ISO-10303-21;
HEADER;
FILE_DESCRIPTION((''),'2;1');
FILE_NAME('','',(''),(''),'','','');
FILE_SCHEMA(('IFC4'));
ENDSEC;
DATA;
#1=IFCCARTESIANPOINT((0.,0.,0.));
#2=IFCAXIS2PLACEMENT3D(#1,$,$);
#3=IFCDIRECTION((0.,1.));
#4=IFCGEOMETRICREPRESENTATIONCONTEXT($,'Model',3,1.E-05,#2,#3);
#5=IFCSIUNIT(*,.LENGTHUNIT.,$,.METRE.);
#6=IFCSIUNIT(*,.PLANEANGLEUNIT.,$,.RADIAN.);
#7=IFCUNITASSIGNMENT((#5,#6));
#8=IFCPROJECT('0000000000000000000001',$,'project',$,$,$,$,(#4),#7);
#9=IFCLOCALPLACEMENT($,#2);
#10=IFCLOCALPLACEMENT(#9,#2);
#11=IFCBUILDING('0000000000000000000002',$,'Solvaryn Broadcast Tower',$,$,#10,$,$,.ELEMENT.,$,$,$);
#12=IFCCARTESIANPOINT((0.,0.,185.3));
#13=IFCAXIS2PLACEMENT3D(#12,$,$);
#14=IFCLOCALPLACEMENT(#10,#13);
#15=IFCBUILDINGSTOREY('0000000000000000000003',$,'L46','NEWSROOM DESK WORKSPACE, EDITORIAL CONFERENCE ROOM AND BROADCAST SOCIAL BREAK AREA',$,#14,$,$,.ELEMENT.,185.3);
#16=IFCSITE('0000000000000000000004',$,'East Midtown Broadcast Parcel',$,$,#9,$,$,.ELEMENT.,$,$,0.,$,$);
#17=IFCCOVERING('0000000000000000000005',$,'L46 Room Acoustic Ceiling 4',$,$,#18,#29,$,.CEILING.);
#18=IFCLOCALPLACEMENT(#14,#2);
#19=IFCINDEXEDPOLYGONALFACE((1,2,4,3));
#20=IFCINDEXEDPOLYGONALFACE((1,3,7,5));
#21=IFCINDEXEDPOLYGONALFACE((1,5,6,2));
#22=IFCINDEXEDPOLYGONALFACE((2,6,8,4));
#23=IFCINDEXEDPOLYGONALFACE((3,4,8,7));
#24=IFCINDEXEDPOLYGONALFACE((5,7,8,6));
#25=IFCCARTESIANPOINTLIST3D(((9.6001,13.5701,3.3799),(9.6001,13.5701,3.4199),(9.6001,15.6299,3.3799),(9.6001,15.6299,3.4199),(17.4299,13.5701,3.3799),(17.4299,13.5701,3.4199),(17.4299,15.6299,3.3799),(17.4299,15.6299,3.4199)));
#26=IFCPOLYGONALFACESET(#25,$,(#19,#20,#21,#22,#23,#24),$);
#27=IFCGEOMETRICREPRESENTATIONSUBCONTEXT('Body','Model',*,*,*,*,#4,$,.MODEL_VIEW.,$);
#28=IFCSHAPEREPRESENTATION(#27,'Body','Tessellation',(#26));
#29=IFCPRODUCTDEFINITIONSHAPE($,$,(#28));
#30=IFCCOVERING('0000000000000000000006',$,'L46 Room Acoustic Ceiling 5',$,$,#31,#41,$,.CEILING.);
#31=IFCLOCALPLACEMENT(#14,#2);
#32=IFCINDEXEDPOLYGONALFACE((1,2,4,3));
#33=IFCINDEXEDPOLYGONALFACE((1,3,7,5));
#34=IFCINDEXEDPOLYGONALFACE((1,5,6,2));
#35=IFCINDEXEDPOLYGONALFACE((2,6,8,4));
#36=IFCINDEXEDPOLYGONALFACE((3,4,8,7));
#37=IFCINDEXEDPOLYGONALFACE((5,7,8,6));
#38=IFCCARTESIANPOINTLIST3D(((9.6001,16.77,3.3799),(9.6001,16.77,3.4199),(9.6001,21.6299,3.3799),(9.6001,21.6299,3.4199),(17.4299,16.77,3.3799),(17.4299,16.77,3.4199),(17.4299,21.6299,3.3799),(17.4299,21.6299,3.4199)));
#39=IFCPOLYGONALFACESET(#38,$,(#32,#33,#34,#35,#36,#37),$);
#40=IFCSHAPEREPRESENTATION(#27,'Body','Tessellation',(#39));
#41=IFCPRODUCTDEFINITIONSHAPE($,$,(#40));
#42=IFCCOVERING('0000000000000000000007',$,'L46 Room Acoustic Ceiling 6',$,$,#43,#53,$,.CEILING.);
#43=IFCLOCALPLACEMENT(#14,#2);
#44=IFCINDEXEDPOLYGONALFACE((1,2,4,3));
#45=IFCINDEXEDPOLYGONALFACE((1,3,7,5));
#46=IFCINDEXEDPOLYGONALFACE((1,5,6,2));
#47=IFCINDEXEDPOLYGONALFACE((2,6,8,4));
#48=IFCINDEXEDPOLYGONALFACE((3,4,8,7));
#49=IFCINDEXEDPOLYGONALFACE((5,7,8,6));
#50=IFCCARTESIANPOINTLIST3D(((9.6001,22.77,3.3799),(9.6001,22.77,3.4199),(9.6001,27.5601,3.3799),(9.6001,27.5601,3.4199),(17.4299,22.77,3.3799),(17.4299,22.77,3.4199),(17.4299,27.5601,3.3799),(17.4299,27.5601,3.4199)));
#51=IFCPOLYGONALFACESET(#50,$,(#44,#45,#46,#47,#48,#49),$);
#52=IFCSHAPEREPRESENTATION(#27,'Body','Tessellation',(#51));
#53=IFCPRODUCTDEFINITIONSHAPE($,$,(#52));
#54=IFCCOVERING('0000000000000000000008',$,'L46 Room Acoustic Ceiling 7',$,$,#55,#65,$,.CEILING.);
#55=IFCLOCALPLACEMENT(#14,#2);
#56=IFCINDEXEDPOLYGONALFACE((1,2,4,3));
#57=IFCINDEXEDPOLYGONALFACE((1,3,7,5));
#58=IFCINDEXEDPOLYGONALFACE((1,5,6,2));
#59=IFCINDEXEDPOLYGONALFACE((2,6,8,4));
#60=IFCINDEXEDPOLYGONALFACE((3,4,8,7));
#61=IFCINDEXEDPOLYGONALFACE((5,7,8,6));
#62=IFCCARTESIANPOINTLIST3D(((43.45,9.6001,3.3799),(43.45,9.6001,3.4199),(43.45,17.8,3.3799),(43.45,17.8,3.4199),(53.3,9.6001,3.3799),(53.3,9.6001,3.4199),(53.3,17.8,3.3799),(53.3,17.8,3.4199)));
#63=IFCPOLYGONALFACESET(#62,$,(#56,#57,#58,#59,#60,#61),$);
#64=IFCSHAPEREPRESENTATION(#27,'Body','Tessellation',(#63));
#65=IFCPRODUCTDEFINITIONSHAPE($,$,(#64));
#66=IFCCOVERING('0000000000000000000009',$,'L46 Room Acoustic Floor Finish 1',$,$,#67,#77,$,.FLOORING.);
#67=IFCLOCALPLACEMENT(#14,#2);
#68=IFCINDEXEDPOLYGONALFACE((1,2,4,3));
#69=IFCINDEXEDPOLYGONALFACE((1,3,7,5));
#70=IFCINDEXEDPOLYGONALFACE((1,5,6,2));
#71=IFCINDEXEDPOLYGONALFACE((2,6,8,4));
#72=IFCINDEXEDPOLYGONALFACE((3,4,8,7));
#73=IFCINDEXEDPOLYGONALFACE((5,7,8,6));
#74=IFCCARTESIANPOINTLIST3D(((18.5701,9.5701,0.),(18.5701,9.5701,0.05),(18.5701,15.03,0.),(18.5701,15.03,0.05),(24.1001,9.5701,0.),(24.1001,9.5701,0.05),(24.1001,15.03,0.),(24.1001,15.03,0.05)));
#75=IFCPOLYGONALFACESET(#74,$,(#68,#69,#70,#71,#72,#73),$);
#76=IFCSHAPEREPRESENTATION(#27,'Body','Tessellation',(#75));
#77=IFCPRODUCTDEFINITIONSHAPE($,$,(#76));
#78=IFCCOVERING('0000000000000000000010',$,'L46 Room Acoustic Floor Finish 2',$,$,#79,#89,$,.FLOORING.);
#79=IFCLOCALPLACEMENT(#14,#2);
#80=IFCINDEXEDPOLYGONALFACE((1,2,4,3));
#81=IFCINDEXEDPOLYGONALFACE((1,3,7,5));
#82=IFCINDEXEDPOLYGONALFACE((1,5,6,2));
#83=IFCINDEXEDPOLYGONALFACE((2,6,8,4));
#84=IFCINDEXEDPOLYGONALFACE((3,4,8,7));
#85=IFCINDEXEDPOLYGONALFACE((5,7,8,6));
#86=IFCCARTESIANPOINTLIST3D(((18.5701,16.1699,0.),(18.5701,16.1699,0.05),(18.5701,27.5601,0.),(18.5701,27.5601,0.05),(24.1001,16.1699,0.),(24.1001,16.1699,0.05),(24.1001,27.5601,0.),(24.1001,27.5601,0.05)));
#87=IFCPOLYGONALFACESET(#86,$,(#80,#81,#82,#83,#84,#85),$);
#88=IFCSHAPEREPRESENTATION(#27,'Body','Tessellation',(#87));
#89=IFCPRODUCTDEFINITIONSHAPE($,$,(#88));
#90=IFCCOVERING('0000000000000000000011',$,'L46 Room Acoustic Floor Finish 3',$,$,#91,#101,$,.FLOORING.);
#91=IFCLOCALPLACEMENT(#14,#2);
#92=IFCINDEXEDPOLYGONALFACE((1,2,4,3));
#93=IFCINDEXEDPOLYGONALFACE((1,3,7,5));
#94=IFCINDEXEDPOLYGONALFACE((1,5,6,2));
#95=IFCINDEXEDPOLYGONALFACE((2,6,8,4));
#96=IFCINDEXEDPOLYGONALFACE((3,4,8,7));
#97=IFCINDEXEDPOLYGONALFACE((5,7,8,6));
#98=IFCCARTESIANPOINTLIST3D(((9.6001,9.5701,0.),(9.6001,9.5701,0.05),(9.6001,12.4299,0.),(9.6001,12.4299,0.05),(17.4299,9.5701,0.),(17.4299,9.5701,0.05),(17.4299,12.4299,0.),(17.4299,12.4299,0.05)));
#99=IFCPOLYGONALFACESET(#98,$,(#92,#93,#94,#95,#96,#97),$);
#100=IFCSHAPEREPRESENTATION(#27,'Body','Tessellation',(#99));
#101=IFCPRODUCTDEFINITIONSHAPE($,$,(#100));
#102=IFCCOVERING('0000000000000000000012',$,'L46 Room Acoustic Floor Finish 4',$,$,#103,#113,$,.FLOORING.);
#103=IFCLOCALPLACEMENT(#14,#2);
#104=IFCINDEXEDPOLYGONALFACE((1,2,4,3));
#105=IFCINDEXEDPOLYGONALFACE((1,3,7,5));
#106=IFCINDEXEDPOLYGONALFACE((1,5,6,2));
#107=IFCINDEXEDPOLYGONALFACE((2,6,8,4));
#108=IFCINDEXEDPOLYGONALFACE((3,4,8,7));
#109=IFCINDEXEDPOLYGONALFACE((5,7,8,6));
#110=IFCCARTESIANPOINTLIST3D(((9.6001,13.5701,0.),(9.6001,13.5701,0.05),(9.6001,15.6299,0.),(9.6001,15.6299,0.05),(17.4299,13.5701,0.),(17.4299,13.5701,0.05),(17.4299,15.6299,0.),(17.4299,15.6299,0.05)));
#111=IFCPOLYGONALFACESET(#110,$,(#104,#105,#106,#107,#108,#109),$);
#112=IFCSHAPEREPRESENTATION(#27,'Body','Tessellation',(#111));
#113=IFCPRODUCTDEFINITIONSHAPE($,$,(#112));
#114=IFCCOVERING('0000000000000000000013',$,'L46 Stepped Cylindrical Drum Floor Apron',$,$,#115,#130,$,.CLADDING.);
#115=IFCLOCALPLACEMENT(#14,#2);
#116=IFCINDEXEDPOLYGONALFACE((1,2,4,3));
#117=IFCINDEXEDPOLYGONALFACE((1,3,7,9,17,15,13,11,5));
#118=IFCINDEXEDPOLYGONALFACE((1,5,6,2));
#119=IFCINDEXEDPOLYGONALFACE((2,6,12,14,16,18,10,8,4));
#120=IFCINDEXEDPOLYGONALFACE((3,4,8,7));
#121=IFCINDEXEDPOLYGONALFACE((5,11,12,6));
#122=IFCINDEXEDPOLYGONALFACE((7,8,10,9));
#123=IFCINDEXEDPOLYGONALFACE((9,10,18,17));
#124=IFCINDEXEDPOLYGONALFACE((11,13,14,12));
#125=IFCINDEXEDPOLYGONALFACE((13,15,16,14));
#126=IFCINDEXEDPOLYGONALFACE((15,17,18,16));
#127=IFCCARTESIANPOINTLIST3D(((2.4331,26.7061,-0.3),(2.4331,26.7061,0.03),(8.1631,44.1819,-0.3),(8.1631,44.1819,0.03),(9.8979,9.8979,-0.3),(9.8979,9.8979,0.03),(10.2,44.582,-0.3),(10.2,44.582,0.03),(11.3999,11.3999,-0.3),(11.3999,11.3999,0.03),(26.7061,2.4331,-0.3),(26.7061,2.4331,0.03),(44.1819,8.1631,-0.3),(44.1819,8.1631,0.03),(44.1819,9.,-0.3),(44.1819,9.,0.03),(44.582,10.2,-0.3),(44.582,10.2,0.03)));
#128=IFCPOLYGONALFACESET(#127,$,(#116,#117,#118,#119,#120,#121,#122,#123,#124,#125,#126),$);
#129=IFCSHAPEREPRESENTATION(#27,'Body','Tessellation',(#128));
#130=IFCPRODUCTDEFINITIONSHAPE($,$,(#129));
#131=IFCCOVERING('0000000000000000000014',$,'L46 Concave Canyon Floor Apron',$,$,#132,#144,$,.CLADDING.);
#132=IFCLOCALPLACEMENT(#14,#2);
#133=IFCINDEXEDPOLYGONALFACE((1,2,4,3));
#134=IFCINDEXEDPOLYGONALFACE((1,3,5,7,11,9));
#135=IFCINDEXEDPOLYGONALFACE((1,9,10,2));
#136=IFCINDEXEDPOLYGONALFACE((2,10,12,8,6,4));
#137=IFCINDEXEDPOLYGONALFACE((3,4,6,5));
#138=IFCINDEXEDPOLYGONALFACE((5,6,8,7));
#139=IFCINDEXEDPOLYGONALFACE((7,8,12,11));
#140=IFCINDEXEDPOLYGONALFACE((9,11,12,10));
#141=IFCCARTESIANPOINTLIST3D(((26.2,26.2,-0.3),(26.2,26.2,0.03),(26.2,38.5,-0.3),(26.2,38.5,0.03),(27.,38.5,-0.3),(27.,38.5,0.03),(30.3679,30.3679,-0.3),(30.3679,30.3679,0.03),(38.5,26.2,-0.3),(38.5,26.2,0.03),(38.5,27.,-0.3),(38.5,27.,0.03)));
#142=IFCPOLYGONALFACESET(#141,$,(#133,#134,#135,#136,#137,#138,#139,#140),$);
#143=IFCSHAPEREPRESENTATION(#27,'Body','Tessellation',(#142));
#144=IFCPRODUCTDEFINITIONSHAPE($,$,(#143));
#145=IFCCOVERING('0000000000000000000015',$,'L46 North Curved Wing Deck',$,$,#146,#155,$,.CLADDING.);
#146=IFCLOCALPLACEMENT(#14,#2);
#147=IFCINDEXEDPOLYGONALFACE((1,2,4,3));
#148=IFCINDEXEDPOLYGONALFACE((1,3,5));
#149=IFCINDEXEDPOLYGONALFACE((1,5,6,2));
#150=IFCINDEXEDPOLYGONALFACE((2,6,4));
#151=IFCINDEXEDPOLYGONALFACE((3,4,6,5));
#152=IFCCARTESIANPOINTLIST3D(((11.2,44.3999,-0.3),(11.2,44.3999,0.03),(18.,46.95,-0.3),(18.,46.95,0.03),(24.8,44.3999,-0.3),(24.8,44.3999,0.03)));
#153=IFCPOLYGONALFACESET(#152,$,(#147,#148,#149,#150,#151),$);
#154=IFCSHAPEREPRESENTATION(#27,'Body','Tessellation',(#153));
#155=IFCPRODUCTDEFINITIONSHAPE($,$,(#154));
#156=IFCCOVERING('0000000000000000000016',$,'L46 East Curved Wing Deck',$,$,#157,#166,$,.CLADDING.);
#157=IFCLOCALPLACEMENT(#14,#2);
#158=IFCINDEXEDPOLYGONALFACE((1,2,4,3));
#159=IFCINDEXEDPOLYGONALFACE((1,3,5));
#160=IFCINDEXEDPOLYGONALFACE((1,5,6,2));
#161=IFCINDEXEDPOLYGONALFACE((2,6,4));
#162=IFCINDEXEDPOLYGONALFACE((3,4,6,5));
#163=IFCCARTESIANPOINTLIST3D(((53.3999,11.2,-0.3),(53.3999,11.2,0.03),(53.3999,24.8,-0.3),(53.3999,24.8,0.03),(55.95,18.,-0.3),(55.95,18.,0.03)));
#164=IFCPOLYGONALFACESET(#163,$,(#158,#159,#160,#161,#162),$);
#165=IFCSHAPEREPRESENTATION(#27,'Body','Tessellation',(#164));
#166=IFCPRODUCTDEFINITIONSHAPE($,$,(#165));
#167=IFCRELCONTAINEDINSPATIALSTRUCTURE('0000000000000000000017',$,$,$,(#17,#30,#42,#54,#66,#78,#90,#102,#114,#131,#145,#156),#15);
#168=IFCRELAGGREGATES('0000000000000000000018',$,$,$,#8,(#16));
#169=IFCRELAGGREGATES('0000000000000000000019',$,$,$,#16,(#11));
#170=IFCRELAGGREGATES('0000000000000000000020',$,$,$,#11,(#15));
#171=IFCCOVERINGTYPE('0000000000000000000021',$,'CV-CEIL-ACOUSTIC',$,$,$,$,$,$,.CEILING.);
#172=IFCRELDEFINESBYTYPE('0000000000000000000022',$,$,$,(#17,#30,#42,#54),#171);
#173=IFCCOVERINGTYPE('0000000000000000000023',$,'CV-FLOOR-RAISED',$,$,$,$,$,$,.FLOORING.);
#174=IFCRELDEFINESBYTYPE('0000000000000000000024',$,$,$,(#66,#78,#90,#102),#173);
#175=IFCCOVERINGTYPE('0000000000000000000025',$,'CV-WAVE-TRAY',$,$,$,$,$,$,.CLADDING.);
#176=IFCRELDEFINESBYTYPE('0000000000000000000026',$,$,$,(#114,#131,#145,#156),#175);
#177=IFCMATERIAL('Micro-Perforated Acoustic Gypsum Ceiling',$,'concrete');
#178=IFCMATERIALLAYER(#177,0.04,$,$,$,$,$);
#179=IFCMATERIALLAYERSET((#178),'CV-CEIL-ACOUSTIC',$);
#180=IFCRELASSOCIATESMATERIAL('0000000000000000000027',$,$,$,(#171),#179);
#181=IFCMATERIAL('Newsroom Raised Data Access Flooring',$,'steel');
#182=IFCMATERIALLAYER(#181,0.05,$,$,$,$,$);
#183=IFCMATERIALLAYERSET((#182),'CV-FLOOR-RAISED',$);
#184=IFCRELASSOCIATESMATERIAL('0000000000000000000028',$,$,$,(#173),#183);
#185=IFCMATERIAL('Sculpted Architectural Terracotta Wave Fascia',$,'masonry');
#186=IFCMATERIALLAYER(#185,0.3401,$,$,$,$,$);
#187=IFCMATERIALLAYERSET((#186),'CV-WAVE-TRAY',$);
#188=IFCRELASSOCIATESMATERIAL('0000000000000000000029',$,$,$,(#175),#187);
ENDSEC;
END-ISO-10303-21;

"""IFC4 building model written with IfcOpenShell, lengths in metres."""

from ifc_helpers import new_model, si_unit, direction, frame, origin, place, context, subcontext, project, spatial, polyline, outline, extrude, material, layer, layer_set, type_object, element, save


model = new_model("IFC4")

# Units and contexts
model_context = context("Model", 3, precision=1e-05, world=origin(), true_north=direction((0.0, 1.0)))
body_context = subcontext(model_context, "Body", "Model", "MODEL_VIEW")
ifc_project = project(units=[si_unit("LENGTHUNIT", "METRE"), si_unit("PLANEANGLEUNIT", "RADIAN")], contexts=[model_context])

# Site, building, storey
site_placement = place(None, origin())
site = spatial("IfcSite", under=ifc_project, at=site_placement, Name="East Midtown Broadcast Parcel", CompositionType="ELEMENT", RefElevation=0.0)
building_placement = place(site_placement, origin())
building = spatial("IfcBuilding", under=site, at=building_placement, Name="Solvaryn Broadcast Tower", CompositionType="ELEMENT")
storey_placement = place(building_placement, frame((0.0, 0.0, 185.3)))
storey = spatial("IfcBuildingStorey", under=building, at=storey_placement, Name="L46", Description="NEWSROOM DESK WORKSPACE, EDITORIAL CONFERENCE ROOM AND BROADCAST SOCIAL BREAK AREA", CompositionType="ELEMENT", Elevation=185.3)

# Coverings
ifc_material_1 = material(Name="Micro-Perforated Acoustic Gypsum Ceiling", Category="concrete")
ifc_layer_1 = layer(ifc_material_1, 0.04)
ifc_layer_set_1 = layer_set([ifc_layer_1], Name="CV-CEIL-ACOUSTIC")
covering_type_1 = type_object("IfcCoveringType", Name="CV-CEIL-ACOUSTIC", PredefinedType="CEILING", material=ifc_layer_set_1)
covering_1_placement = place(storey_placement, frame((0.0, 0.0, 3.3799)))
element("IfcCovering", 1, at=covering_1_placement, inside=storey, type_object=covering_type_1, Name="L46 Room Acoustic Ceiling 4", PredefinedType="CEILING", context=body_context, shape_type="SweptSolid", body=[
    extrude(outline(polyline([(9.6001, 13.5701), (17.4299, 13.5701), (17.4299, 15.6299), (9.6001, 15.6299), (9.6001, 13.5701)])), origin(), (0.0, 0.0, 1.0), 0.04),
])
covering_2_placement = place(storey_placement, frame((0.0, 0.0, 3.3799)))
element("IfcCovering", 2, at=covering_2_placement, inside=storey, type_object=covering_type_1, Name="L46 Room Acoustic Ceiling 5", PredefinedType="CEILING", context=body_context, shape_type="SweptSolid", body=[
    extrude(outline(polyline([(9.6001, 16.77), (17.4299, 16.77), (17.4299, 21.6299), (9.6001, 21.6299), (9.6001, 16.77)])), origin(), (0.0, 0.0, 1.0), 0.04),
])
covering_3_placement = place(storey_placement, frame((0.0, 0.0, 3.3799)))
element("IfcCovering", 3, at=covering_3_placement, inside=storey, type_object=covering_type_1, Name="L46 Room Acoustic Ceiling 6", PredefinedType="CEILING", context=body_context, shape_type="SweptSolid", body=[
    extrude(outline(polyline([(9.6001, 22.77), (17.4299, 22.77), (17.4299, 27.5601), (9.6001, 27.5601), (9.6001, 22.77)])), origin(), (0.0, 0.0, 1.0), 0.04),
])
covering_4_placement = place(storey_placement, frame((0.0, 0.0, 3.3799)))
element("IfcCovering", 4, at=covering_4_placement, inside=storey, type_object=covering_type_1, Name="L46 Room Acoustic Ceiling 7", PredefinedType="CEILING", context=body_context, shape_type="SweptSolid", body=[
    extrude(outline(polyline([(43.45, 9.6001), (53.3, 9.6001), (53.3, 17.8), (43.45, 17.8), (43.45, 9.6001)])), origin(), (0.0, 0.0, 1.0), 0.04),
])
ifc_material_2 = material(Name="Newsroom Raised Data Access Flooring", Category="steel")
ifc_layer_2 = layer(ifc_material_2, 0.05)
ifc_layer_set_2 = layer_set([ifc_layer_2], Name="CV-FLOOR-RAISED")
covering_type_2 = type_object("IfcCoveringType", Name="CV-FLOOR-RAISED", PredefinedType="FLOORING", material=ifc_layer_set_2)
covering_5_placement = place(storey_placement, origin())
element("IfcCovering", 5, at=covering_5_placement, inside=storey, type_object=covering_type_2, Name="L46 Room Acoustic Floor Finish 1", PredefinedType="FLOORING", context=body_context, shape_type="SweptSolid", body=[
    extrude(outline(polyline([(18.5701, 9.5701), (24.1001, 9.5701), (24.1001, 15.03), (18.5701, 15.03), (18.5701, 9.5701)])), origin(), (0.0, 0.0, 1.0), 0.05),
])
covering_6_placement = place(storey_placement, origin())
element("IfcCovering", 6, at=covering_6_placement, inside=storey, type_object=covering_type_2, Name="L46 Room Acoustic Floor Finish 2", PredefinedType="FLOORING", context=body_context, shape_type="SweptSolid", body=[
    extrude(outline(polyline([(18.5701, 16.1699), (24.1001, 16.1699), (24.1001, 27.5601), (18.5701, 27.5601), (18.5701, 16.1699)])), origin(), (0.0, 0.0, 1.0), 0.05),
])
covering_7_placement = place(storey_placement, origin())
element("IfcCovering", 7, at=covering_7_placement, inside=storey, type_object=covering_type_2, Name="L46 Room Acoustic Floor Finish 3", PredefinedType="FLOORING", context=body_context, shape_type="SweptSolid", body=[
    extrude(outline(polyline([(9.6001, 9.5701), (17.4299, 9.5701), (17.4299, 12.4299), (9.6001, 12.4299), (9.6001, 9.5701)])), origin(), (0.0, 0.0, 1.0), 0.05),
])
covering_8_placement = place(storey_placement, origin())
element("IfcCovering", 8, at=covering_8_placement, inside=storey, type_object=covering_type_2, Name="L46 Room Acoustic Floor Finish 4", PredefinedType="FLOORING", context=body_context, shape_type="SweptSolid", body=[
    extrude(outline(polyline([(9.6001, 13.5701), (17.4299, 13.5701), (17.4299, 15.6299), (9.6001, 15.6299), (9.6001, 13.5701)])), origin(), (0.0, 0.0, 1.0), 0.05),
])
ifc_material_3 = material(Name="Sculpted Architectural Terracotta Wave Fascia", Category="masonry")
ifc_layer_3 = layer(ifc_material_3, 0.3401)
ifc_layer_set_3 = layer_set([ifc_layer_3], Name="CV-WAVE-TRAY")
covering_type_3 = type_object("IfcCoveringType", Name="CV-WAVE-TRAY", PredefinedType="CLADDING", material=ifc_layer_set_3)
covering_9_placement = place(storey_placement, frame((0.0, 0.0, -0.3)))
element("IfcCovering", 9, at=covering_9_placement, inside=storey, type_object=covering_type_3, Name="L46 Stepped Cylindrical Drum Floor Apron", PredefinedType="CLADDING", context=body_context, shape_type="SweptSolid", body=[
    extrude(outline(polyline([(10.2, 44.582), (8.1631, 44.1819), (2.4331, 26.7061), (9.8979, 9.8979), (26.7061, 2.4331), (44.1819, 8.1631), (44.1819, 9.0), (44.582, 10.2), (11.3999, 11.3999), (10.2, 44.582)])), origin(), (0.0, 0.0, 1.0), 0.3301),
])
covering_10_placement = place(storey_placement, frame((0.0, 0.0, -0.3)))
element("IfcCovering", 10, at=covering_10_placement, inside=storey, type_object=covering_type_3, Name="L46 Concave Canyon Floor Apron", PredefinedType="CLADDING", context=body_context, shape_type="SweptSolid", body=[
    extrude(outline(polyline([(26.2, 26.2), (38.5, 26.2), (38.5, 27.0), (30.3679, 30.3679), (27.0, 38.5), (26.2, 38.5), (26.2, 26.2)])), origin(), (0.0, 0.0, 1.0), 0.3301),
])
covering_11_placement = place(storey_placement, frame((0.0, 0.0, -0.3)))
element("IfcCovering", 11, at=covering_11_placement, inside=storey, type_object=covering_type_3, Name="L46 North Curved Wing Deck", PredefinedType="CLADDING", context=body_context, shape_type="SweptSolid", body=[
    extrude(outline(polyline([(11.2, 44.3999), (24.8, 44.3999), (18.0, 46.95), (11.2, 44.3999)])), origin(), (0.0, 0.0, 1.0), 0.3301),
])
covering_12_placement = place(storey_placement, frame((0.0, 0.0, -0.3)))
element("IfcCovering", 12, at=covering_12_placement, inside=storey, type_object=covering_type_3, Name="L46 East Curved Wing Deck", PredefinedType="CLADDING", context=body_context, shape_type="SweptSolid", body=[
    extrude(outline(polyline([(53.3999, 11.2), (55.95, 18.0), (53.3999, 24.8), (53.3999, 11.2)])), origin(), (0.0, 0.0, 1.0), 0.3301),
])

save(model, "model.ifc")
